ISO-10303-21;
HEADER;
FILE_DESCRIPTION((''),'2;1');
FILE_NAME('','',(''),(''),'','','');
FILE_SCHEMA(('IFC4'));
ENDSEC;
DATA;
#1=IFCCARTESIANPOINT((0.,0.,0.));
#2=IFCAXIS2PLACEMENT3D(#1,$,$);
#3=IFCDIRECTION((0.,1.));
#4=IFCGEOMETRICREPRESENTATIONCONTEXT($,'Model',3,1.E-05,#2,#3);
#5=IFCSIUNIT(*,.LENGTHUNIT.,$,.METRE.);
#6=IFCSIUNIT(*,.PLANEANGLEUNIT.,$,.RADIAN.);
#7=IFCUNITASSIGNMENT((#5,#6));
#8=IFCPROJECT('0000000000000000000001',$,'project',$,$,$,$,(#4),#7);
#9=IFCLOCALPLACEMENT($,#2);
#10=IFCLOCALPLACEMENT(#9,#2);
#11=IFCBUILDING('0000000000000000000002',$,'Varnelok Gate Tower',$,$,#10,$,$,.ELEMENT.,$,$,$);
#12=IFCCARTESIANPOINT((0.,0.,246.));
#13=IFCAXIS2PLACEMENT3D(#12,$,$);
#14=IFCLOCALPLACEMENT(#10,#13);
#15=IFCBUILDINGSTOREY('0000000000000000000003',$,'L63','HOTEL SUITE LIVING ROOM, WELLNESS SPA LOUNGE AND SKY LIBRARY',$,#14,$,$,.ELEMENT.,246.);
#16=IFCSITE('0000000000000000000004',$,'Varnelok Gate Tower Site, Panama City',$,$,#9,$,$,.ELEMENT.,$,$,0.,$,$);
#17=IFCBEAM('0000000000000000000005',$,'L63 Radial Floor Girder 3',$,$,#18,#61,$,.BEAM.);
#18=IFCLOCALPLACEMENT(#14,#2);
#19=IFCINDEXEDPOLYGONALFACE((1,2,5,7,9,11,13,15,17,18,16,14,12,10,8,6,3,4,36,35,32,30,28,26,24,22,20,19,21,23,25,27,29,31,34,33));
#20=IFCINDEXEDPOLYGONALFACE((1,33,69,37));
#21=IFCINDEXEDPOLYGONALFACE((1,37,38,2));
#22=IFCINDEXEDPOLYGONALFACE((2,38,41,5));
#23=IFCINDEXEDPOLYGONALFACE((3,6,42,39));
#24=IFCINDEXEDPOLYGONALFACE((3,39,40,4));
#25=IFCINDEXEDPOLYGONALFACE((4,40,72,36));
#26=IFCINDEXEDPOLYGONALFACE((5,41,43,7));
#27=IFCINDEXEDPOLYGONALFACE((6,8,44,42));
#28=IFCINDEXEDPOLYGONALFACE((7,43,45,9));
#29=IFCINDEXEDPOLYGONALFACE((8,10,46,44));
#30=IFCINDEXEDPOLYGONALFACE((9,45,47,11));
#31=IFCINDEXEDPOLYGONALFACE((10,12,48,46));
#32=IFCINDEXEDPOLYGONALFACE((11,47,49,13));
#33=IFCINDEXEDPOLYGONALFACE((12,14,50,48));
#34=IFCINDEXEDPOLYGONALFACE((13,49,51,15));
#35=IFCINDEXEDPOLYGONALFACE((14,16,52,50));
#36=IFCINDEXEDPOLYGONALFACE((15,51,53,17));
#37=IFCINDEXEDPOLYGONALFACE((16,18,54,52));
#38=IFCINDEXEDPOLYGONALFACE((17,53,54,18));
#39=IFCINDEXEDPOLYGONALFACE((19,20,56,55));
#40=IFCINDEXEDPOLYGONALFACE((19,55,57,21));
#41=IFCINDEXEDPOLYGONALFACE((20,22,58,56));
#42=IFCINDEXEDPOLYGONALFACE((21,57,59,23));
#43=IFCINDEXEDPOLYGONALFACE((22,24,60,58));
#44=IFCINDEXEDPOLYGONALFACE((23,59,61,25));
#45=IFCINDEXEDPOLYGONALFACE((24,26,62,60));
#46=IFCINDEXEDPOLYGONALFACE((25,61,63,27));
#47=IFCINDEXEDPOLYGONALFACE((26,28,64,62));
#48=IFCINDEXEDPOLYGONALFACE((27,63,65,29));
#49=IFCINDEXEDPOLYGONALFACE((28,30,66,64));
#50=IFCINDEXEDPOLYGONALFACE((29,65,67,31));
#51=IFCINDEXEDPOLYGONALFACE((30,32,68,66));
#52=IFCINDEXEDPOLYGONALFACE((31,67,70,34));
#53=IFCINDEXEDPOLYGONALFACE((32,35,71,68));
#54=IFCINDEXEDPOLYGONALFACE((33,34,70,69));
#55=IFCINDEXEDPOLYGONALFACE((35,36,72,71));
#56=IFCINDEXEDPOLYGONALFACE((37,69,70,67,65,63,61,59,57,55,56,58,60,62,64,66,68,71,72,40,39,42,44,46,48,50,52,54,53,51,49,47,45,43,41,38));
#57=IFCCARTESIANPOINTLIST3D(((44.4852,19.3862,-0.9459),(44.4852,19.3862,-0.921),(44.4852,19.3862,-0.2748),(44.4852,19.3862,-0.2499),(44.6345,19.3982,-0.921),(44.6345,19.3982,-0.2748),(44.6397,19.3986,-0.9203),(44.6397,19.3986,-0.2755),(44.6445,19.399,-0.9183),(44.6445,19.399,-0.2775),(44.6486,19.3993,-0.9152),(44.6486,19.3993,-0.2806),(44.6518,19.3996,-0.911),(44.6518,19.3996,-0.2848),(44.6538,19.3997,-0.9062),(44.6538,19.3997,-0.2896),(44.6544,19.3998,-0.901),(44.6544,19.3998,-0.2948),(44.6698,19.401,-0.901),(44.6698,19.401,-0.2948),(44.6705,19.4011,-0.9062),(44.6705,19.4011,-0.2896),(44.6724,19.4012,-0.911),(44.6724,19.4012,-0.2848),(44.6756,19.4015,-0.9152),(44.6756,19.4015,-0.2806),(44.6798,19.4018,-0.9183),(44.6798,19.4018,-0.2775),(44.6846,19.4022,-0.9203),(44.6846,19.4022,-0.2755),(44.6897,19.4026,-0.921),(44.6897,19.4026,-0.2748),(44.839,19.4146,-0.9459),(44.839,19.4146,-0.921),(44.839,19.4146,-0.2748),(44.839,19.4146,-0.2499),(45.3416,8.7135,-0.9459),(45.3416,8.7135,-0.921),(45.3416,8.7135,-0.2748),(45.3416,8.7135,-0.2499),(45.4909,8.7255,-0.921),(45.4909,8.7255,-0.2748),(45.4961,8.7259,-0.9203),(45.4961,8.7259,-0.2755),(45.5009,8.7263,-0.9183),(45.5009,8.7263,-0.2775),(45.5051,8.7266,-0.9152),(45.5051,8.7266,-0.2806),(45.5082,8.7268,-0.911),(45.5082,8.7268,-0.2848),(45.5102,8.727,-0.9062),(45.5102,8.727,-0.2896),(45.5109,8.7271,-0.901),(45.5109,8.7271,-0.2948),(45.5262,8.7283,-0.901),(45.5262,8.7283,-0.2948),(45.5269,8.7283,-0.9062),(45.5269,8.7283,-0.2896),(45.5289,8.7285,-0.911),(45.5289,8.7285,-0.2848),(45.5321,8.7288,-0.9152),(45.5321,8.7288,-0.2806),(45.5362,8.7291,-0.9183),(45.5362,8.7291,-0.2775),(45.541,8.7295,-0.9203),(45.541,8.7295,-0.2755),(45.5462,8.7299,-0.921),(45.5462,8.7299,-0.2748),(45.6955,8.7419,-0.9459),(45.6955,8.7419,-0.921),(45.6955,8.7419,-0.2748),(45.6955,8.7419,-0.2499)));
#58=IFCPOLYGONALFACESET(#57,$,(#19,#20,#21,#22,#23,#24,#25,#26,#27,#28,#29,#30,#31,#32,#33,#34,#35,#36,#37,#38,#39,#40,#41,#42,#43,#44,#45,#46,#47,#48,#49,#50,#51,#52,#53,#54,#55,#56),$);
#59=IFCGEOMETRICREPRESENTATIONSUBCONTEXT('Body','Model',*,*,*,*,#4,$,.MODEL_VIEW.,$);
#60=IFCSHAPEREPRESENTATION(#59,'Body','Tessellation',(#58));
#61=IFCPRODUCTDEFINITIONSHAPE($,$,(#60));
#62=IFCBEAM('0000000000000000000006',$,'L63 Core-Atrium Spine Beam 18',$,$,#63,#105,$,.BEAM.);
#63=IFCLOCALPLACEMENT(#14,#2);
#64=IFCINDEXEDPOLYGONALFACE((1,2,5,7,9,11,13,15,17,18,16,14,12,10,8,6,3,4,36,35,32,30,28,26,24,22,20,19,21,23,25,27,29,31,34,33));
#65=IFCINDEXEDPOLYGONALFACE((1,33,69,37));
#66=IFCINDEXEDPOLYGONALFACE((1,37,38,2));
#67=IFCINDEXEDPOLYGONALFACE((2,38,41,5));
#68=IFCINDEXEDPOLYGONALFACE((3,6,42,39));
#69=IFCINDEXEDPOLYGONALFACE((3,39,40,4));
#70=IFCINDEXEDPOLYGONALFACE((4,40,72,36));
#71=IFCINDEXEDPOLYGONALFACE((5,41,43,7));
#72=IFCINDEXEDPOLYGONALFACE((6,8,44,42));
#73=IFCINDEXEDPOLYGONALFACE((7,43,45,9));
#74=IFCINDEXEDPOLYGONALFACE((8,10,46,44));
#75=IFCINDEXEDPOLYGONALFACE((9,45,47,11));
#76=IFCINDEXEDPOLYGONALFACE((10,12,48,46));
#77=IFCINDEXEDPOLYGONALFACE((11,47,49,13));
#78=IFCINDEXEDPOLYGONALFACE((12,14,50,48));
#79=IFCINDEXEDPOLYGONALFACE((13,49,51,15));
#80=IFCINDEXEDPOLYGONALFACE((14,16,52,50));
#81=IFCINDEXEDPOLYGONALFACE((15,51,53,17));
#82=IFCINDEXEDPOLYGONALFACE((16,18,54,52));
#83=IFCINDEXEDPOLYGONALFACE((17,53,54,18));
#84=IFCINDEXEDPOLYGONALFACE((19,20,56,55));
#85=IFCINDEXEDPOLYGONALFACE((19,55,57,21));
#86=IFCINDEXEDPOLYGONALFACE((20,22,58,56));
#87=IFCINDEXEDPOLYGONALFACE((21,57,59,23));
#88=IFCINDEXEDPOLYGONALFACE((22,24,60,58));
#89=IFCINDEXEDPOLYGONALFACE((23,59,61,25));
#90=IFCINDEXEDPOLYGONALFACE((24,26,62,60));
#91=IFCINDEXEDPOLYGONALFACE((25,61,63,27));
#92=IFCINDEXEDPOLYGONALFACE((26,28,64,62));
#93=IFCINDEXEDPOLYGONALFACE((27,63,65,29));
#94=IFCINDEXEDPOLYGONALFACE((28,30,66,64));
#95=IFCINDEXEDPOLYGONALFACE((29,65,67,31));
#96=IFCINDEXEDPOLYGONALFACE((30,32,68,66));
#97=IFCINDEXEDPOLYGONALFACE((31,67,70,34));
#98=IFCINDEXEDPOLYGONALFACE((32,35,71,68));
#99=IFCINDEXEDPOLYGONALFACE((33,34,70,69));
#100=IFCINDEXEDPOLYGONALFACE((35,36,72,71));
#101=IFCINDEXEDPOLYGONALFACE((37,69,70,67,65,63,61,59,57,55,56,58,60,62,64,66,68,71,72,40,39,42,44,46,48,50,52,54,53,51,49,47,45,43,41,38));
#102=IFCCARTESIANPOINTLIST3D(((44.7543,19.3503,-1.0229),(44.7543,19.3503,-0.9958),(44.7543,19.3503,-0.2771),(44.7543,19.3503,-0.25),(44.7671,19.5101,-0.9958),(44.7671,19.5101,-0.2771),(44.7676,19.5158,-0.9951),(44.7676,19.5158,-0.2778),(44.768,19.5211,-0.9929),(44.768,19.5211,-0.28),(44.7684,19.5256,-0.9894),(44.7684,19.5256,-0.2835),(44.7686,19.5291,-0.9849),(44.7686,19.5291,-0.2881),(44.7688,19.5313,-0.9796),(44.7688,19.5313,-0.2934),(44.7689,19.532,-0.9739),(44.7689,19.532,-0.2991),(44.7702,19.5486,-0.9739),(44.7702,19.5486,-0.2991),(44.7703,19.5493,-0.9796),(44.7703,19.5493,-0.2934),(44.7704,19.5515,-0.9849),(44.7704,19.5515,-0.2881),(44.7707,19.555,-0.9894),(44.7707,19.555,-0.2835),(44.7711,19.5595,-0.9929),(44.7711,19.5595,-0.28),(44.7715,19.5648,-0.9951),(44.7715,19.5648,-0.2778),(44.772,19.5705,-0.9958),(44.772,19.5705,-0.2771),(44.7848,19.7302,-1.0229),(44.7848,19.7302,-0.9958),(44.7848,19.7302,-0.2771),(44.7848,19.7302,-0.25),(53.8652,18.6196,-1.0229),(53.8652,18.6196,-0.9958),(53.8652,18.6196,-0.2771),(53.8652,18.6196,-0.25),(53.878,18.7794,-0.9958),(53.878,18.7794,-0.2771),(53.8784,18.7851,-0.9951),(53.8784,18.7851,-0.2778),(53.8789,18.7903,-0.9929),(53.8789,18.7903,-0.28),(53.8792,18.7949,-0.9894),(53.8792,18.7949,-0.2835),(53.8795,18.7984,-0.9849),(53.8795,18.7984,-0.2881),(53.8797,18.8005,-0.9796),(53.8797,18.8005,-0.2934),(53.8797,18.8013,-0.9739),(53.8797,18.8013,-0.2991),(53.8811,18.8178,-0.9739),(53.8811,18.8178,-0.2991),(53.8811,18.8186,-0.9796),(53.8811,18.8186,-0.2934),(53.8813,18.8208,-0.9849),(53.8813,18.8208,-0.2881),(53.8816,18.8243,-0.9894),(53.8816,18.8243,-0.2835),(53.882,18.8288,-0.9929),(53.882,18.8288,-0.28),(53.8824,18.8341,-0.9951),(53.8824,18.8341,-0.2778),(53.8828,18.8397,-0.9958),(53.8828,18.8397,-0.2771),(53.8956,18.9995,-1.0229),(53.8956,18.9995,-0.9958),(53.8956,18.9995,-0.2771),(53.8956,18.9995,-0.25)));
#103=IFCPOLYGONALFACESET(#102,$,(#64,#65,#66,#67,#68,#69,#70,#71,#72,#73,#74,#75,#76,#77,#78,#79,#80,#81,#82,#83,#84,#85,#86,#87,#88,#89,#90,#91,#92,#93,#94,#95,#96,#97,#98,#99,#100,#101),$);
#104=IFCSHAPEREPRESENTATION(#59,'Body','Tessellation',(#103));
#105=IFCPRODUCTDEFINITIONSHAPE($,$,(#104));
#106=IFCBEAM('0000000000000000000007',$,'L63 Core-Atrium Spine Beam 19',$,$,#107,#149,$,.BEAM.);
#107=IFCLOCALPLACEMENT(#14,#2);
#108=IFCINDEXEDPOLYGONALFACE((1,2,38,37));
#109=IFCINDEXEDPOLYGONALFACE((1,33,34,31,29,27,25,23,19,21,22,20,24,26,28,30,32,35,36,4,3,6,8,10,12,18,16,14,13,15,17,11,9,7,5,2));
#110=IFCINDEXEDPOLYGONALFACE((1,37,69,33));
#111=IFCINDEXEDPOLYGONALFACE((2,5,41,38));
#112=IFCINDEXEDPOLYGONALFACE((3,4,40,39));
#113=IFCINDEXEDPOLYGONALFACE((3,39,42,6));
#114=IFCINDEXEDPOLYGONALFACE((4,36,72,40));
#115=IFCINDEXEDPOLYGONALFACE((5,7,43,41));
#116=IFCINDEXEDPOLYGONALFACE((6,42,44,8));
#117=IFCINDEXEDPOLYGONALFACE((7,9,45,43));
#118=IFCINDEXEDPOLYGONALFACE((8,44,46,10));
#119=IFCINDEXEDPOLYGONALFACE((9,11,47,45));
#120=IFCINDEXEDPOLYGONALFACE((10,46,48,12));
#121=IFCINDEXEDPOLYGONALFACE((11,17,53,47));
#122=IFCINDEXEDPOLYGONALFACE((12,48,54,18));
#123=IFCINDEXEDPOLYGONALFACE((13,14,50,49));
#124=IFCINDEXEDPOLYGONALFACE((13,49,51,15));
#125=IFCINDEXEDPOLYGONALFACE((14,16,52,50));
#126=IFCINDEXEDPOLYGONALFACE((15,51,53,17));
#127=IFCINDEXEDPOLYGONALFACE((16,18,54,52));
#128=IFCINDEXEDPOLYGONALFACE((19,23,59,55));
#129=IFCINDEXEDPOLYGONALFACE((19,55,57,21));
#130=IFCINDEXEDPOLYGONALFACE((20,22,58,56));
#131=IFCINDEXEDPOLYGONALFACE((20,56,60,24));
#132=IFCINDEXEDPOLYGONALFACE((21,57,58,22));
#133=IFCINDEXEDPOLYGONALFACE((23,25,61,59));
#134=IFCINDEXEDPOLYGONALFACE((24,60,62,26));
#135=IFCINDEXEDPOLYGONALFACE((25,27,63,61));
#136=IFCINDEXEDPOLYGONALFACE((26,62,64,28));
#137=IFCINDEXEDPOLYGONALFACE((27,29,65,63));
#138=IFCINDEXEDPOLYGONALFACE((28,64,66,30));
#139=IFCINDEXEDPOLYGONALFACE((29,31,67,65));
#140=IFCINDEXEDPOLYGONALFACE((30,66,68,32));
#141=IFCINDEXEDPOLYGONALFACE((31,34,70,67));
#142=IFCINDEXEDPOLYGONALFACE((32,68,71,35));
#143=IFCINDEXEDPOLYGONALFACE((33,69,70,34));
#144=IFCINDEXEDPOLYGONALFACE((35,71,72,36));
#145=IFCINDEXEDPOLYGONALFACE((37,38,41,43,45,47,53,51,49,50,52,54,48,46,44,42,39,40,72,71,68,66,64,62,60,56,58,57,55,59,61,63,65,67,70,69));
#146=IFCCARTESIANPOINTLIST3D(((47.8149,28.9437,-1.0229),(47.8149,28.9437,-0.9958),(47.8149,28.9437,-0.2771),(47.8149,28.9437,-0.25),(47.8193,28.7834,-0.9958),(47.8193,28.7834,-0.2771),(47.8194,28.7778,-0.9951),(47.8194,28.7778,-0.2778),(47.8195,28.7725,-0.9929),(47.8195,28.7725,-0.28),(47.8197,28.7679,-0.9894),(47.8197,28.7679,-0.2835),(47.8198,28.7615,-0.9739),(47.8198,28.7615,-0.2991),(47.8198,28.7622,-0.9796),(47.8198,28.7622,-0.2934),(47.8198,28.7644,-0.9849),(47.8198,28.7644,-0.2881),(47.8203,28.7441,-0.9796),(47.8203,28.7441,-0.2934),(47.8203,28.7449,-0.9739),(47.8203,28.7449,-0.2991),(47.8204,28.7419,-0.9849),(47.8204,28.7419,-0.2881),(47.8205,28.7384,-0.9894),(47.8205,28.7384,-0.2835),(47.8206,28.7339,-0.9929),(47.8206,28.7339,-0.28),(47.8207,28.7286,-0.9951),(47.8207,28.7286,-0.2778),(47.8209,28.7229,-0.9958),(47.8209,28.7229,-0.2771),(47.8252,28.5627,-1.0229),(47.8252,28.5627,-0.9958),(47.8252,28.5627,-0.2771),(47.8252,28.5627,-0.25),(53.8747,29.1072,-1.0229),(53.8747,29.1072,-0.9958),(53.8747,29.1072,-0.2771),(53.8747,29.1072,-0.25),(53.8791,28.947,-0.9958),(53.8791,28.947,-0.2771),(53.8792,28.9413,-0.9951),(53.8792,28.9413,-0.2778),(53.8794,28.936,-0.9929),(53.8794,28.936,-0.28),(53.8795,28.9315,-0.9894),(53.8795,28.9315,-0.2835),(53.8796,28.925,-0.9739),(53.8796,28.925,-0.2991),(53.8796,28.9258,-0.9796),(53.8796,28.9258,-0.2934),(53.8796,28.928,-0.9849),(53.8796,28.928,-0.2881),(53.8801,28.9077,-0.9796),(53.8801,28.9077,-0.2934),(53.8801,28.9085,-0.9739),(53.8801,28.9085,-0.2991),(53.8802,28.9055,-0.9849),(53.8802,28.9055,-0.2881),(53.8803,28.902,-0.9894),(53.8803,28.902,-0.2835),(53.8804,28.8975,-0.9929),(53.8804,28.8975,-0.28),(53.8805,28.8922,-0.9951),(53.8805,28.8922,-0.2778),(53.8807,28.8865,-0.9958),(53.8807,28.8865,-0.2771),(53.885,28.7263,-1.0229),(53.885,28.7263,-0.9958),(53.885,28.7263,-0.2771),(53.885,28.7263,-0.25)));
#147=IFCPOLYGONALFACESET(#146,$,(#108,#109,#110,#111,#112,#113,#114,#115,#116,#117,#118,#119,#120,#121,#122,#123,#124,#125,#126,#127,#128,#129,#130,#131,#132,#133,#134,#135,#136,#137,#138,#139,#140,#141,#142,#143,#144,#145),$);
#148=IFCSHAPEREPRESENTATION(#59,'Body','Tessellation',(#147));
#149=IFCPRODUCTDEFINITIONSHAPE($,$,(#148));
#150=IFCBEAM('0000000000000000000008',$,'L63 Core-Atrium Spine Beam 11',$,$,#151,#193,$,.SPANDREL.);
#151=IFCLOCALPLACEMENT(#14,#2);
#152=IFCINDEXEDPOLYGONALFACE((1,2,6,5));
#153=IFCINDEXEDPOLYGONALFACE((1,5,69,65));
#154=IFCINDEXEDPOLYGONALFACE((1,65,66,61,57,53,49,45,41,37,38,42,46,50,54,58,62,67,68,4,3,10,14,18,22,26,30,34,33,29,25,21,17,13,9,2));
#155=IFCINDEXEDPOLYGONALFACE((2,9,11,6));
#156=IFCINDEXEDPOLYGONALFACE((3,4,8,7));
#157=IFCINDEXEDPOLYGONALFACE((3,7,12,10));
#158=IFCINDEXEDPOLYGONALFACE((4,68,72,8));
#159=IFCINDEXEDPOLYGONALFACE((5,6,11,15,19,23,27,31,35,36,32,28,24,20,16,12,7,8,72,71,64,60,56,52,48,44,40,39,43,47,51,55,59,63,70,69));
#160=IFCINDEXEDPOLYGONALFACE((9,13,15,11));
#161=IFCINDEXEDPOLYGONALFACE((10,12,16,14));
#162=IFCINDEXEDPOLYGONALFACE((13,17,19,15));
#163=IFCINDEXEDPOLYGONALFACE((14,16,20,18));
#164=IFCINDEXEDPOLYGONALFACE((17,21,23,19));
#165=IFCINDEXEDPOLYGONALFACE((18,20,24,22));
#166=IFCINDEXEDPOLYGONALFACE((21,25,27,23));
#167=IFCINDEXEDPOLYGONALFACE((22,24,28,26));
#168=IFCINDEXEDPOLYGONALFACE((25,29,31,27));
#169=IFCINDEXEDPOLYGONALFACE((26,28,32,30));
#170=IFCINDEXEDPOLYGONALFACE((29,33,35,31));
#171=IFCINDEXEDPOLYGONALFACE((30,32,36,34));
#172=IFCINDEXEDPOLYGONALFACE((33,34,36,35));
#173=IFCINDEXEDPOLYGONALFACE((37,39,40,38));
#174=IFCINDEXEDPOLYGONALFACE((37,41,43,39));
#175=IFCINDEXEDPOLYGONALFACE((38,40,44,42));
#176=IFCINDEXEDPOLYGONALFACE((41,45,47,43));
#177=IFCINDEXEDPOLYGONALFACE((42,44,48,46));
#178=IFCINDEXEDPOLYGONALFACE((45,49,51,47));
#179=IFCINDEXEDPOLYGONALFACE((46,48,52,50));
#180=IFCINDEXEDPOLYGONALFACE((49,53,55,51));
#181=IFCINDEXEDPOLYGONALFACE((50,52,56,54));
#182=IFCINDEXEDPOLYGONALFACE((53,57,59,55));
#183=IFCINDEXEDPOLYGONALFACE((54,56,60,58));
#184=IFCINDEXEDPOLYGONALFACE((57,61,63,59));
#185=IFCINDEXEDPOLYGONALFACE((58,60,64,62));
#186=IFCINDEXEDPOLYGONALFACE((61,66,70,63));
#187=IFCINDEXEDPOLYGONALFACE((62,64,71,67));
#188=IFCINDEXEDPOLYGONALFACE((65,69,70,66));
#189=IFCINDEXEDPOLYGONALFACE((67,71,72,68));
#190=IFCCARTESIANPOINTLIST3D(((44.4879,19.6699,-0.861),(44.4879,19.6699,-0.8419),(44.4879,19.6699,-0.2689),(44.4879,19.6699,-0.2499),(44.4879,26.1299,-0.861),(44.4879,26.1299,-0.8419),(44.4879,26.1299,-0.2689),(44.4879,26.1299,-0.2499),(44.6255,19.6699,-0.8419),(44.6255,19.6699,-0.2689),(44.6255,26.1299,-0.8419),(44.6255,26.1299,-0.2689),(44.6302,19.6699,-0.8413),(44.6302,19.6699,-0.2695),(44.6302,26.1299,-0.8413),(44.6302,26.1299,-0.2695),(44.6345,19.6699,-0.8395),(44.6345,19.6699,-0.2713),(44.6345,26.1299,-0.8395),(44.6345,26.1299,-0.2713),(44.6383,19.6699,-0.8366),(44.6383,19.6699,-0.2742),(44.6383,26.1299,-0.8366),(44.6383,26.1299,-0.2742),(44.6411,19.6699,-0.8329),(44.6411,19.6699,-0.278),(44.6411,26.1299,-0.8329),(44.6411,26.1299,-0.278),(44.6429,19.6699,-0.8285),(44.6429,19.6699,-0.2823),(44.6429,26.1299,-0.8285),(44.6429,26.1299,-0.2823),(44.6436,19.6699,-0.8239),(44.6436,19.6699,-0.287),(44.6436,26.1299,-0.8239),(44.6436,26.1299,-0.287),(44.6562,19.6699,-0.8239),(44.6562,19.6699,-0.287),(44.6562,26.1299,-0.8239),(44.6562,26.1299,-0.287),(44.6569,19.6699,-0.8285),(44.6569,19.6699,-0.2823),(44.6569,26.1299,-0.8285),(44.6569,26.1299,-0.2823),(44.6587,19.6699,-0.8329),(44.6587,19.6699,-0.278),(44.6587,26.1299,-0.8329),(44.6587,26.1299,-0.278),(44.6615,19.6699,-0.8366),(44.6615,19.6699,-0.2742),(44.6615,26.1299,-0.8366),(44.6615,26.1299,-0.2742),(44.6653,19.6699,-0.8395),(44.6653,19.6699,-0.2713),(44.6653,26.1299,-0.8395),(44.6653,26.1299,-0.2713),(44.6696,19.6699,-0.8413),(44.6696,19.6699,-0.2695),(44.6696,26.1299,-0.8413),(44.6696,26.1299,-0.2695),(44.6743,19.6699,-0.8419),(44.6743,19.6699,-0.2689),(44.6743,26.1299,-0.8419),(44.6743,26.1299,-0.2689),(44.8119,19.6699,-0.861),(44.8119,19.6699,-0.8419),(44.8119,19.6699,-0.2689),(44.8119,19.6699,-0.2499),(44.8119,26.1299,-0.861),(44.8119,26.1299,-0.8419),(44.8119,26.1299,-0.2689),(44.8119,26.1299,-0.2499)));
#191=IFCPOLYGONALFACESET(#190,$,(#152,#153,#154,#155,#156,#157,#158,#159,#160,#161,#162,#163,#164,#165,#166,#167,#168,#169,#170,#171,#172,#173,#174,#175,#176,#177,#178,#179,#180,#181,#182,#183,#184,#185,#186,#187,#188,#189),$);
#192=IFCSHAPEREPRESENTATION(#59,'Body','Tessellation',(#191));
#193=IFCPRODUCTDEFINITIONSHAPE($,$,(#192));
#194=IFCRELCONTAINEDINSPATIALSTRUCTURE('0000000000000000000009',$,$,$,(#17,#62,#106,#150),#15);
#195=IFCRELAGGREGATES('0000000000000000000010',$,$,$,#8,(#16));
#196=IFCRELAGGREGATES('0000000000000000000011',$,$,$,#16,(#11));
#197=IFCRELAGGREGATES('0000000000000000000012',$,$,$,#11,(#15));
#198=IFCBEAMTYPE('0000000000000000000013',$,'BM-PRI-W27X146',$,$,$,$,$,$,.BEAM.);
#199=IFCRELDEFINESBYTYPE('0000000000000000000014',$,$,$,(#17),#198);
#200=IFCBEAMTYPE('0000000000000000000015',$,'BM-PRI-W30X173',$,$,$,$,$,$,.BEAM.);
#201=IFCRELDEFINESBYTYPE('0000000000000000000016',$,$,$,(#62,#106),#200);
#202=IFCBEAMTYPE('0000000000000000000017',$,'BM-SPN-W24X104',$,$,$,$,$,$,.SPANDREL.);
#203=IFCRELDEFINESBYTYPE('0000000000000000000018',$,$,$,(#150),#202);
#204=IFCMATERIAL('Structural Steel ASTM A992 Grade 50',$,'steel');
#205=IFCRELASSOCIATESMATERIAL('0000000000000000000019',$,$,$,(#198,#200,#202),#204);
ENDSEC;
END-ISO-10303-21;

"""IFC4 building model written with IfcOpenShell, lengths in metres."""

from ifc_helpers import new_model, si_unit, direction, frame, origin, origin_2d, place, context, subcontext, project, spatial, i_section, extrude, material, material_profile, profile_set, type_object, element, save


model = new_model("IFC4")

# Units and contexts
model_context = context("Model", 3, precision=1e-05, world=origin(), true_north=direction((0.0, 1.0)))
body_context = subcontext(model_context, "Body", "Model", "MODEL_VIEW")
ifc_project = project(units=[si_unit("LENGTHUNIT", "METRE"), si_unit("PLANEANGLEUNIT", "RADIAN")], contexts=[model_context])

# Site, building, storey
site_placement = place(None, origin())
site = spatial("IfcSite", under=ifc_project, at=site_placement, Name="Varnelok Gate Tower Site, Panama City", CompositionType="ELEMENT", RefElevation=0.0)
building_placement = place(site_placement, origin())
building = spatial("IfcBuilding", under=site, at=building_placement, Name="Varnelok Gate Tower", CompositionType="ELEMENT")
storey_placement = place(building_placement, frame((0.0, 0.0, 246.0)))
storey = spatial("IfcBuildingStorey", under=building, at=storey_placement, Name="L63", Description="HOTEL SUITE LIVING ROOM, WELLNESS SPA LOUNGE AND SKY LIBRARY", CompositionType="ELEMENT", Elevation=246.0)

# Shared definitions
ifc_material_1 = material(Name="Structural Steel ASTM A992 Grade 50", Category="steel")

# Beams
ifc_material_profile_1 = material_profile(ifc_material_1, i_section(OverallWidth=0.355, OverallDepth=0.696, WebThickness=0.0154, FlangeThickness=0.0249, FilletRadius=0.02, at=origin_2d()), Name="W27X146")
ifc_profile_set_1 = profile_set([ifc_material_profile_1], Name="Structural Steel ASTM A992 Grade 50")
beam_type_1 = type_object("IfcBeamType", Name="BM-PRI-W27X146", PredefinedType="BEAM", material=ifc_profile_set_1)
beam_1_placement = place(storey_placement, frame((44.6621, 19.4004, -0.5979), z_axis=(0.07999, -0.996796, 0.0), x_axis=(0.996796, 0.07999, 0.0)))
element("IfcBeam", 1, at=beam_1_placement, inside=storey, type_object=beam_type_1, Name="L63 Radial Floor Girder 3", PredefinedType="BEAM", context=body_context, shape_type="SweptSolid", body=[
    extrude(i_section(OverallWidth=0.355, OverallDepth=0.696, WebThickness=0.0154, FlangeThickness=0.0249, FilletRadius=0.02, at=origin_2d()), origin(), (0.0, 0.0, 1.0), 10.707),
])
ifc_material_profile_2 = material_profile(ifc_material_1, i_section(OverallWidth=0.3811, OverallDepth=0.7729, WebThickness=0.0166, FlangeThickness=0.0271, FilletRadius=0.022, at=origin_2d()), Name="W30X173")
ifc_profile_set_2 = profile_set([ifc_material_profile_2], Name="Structural Steel ASTM A992 Grade 50")
beam_type_2 = type_object("IfcBeamType", Name="BM-PRI-W30X173", PredefinedType="BEAM", material=ifc_profile_set_2)
beam_2_placement = place(storey_placement, frame((44.7695, 19.5403, -0.6365), z_axis=(0.996799, -0.079946, 0.0), x_axis=(0.079946, 0.996799, 0.0)))
element("IfcBeam", 2, at=beam_2_placement, inside=storey, type_object=beam_type_2, Name="L63 Core-Atrium Spine Beam 18", PredefinedType="BEAM", context=body_context, shape_type="SweptSolid", body=[
    extrude(i_section(OverallWidth=0.3811, OverallDepth=0.7729, WebThickness=0.0166, FlangeThickness=0.0271, FilletRadius=0.022, at=origin_2d()), origin(), (0.0, 0.0, 1.0), 9.1401),
])
beam_3_placement = place(storey_placement, frame((47.8201, 28.7532, -0.6365), z_axis=(0.999636, 0.026983, 0.0), x_axis=(-0.026983, 0.999636, 0.0)))
element("IfcBeam", 3, at=beam_3_placement, inside=storey, type_object=beam_type_2, Name="L63 Core-Atrium Spine Beam 19", PredefinedType="BEAM", context=body_context, shape_type="SweptSolid", body=[
    extrude(i_section(OverallWidth=0.3811, OverallDepth=0.7729, WebThickness=0.0166, FlangeThickness=0.0271, FilletRadius=0.022, at=origin_2d()), origin(), (0.0, 0.0, 1.0), 6.062),
])
ifc_material_profile_3 = material_profile(ifc_material_1, i_section(OverallWidth=0.324, OverallDepth=0.6111, WebThickness=0.0127, FlangeThickness=0.019, FilletRadius=0.0181, at=origin_2d()), Name="W24X104")
ifc_profile_set_3 = profile_set([ifc_material_profile_3], Name="Structural Steel ASTM A992 Grade 50")
beam_type_3 = type_object("IfcBeamType", Name="BM-SPN-W24X104", PredefinedType="SPANDREL", material=ifc_profile_set_3)
beam_4_placement = place(storey_placement, frame((44.6499, 19.6699, -0.5554), z_axis=(0.0, 1.0, 0.0), x_axis=(-1.0, 0.0, 0.0)))
element("IfcBeam", 4, at=beam_4_placement, inside=storey, type_object=beam_type_3, Name="L63 Core-Atrium Spine Beam 11", PredefinedType="SPANDREL", context=body_context, shape_type="SweptSolid", body=[
    extrude(i_section(OverallWidth=0.324, OverallDepth=0.6111, WebThickness=0.0127, FlangeThickness=0.019, FilletRadius=0.0181, at=origin_2d()), origin(), (0.0, 0.0, 1.0), 6.46),
])

save(model, "model.ifc")
